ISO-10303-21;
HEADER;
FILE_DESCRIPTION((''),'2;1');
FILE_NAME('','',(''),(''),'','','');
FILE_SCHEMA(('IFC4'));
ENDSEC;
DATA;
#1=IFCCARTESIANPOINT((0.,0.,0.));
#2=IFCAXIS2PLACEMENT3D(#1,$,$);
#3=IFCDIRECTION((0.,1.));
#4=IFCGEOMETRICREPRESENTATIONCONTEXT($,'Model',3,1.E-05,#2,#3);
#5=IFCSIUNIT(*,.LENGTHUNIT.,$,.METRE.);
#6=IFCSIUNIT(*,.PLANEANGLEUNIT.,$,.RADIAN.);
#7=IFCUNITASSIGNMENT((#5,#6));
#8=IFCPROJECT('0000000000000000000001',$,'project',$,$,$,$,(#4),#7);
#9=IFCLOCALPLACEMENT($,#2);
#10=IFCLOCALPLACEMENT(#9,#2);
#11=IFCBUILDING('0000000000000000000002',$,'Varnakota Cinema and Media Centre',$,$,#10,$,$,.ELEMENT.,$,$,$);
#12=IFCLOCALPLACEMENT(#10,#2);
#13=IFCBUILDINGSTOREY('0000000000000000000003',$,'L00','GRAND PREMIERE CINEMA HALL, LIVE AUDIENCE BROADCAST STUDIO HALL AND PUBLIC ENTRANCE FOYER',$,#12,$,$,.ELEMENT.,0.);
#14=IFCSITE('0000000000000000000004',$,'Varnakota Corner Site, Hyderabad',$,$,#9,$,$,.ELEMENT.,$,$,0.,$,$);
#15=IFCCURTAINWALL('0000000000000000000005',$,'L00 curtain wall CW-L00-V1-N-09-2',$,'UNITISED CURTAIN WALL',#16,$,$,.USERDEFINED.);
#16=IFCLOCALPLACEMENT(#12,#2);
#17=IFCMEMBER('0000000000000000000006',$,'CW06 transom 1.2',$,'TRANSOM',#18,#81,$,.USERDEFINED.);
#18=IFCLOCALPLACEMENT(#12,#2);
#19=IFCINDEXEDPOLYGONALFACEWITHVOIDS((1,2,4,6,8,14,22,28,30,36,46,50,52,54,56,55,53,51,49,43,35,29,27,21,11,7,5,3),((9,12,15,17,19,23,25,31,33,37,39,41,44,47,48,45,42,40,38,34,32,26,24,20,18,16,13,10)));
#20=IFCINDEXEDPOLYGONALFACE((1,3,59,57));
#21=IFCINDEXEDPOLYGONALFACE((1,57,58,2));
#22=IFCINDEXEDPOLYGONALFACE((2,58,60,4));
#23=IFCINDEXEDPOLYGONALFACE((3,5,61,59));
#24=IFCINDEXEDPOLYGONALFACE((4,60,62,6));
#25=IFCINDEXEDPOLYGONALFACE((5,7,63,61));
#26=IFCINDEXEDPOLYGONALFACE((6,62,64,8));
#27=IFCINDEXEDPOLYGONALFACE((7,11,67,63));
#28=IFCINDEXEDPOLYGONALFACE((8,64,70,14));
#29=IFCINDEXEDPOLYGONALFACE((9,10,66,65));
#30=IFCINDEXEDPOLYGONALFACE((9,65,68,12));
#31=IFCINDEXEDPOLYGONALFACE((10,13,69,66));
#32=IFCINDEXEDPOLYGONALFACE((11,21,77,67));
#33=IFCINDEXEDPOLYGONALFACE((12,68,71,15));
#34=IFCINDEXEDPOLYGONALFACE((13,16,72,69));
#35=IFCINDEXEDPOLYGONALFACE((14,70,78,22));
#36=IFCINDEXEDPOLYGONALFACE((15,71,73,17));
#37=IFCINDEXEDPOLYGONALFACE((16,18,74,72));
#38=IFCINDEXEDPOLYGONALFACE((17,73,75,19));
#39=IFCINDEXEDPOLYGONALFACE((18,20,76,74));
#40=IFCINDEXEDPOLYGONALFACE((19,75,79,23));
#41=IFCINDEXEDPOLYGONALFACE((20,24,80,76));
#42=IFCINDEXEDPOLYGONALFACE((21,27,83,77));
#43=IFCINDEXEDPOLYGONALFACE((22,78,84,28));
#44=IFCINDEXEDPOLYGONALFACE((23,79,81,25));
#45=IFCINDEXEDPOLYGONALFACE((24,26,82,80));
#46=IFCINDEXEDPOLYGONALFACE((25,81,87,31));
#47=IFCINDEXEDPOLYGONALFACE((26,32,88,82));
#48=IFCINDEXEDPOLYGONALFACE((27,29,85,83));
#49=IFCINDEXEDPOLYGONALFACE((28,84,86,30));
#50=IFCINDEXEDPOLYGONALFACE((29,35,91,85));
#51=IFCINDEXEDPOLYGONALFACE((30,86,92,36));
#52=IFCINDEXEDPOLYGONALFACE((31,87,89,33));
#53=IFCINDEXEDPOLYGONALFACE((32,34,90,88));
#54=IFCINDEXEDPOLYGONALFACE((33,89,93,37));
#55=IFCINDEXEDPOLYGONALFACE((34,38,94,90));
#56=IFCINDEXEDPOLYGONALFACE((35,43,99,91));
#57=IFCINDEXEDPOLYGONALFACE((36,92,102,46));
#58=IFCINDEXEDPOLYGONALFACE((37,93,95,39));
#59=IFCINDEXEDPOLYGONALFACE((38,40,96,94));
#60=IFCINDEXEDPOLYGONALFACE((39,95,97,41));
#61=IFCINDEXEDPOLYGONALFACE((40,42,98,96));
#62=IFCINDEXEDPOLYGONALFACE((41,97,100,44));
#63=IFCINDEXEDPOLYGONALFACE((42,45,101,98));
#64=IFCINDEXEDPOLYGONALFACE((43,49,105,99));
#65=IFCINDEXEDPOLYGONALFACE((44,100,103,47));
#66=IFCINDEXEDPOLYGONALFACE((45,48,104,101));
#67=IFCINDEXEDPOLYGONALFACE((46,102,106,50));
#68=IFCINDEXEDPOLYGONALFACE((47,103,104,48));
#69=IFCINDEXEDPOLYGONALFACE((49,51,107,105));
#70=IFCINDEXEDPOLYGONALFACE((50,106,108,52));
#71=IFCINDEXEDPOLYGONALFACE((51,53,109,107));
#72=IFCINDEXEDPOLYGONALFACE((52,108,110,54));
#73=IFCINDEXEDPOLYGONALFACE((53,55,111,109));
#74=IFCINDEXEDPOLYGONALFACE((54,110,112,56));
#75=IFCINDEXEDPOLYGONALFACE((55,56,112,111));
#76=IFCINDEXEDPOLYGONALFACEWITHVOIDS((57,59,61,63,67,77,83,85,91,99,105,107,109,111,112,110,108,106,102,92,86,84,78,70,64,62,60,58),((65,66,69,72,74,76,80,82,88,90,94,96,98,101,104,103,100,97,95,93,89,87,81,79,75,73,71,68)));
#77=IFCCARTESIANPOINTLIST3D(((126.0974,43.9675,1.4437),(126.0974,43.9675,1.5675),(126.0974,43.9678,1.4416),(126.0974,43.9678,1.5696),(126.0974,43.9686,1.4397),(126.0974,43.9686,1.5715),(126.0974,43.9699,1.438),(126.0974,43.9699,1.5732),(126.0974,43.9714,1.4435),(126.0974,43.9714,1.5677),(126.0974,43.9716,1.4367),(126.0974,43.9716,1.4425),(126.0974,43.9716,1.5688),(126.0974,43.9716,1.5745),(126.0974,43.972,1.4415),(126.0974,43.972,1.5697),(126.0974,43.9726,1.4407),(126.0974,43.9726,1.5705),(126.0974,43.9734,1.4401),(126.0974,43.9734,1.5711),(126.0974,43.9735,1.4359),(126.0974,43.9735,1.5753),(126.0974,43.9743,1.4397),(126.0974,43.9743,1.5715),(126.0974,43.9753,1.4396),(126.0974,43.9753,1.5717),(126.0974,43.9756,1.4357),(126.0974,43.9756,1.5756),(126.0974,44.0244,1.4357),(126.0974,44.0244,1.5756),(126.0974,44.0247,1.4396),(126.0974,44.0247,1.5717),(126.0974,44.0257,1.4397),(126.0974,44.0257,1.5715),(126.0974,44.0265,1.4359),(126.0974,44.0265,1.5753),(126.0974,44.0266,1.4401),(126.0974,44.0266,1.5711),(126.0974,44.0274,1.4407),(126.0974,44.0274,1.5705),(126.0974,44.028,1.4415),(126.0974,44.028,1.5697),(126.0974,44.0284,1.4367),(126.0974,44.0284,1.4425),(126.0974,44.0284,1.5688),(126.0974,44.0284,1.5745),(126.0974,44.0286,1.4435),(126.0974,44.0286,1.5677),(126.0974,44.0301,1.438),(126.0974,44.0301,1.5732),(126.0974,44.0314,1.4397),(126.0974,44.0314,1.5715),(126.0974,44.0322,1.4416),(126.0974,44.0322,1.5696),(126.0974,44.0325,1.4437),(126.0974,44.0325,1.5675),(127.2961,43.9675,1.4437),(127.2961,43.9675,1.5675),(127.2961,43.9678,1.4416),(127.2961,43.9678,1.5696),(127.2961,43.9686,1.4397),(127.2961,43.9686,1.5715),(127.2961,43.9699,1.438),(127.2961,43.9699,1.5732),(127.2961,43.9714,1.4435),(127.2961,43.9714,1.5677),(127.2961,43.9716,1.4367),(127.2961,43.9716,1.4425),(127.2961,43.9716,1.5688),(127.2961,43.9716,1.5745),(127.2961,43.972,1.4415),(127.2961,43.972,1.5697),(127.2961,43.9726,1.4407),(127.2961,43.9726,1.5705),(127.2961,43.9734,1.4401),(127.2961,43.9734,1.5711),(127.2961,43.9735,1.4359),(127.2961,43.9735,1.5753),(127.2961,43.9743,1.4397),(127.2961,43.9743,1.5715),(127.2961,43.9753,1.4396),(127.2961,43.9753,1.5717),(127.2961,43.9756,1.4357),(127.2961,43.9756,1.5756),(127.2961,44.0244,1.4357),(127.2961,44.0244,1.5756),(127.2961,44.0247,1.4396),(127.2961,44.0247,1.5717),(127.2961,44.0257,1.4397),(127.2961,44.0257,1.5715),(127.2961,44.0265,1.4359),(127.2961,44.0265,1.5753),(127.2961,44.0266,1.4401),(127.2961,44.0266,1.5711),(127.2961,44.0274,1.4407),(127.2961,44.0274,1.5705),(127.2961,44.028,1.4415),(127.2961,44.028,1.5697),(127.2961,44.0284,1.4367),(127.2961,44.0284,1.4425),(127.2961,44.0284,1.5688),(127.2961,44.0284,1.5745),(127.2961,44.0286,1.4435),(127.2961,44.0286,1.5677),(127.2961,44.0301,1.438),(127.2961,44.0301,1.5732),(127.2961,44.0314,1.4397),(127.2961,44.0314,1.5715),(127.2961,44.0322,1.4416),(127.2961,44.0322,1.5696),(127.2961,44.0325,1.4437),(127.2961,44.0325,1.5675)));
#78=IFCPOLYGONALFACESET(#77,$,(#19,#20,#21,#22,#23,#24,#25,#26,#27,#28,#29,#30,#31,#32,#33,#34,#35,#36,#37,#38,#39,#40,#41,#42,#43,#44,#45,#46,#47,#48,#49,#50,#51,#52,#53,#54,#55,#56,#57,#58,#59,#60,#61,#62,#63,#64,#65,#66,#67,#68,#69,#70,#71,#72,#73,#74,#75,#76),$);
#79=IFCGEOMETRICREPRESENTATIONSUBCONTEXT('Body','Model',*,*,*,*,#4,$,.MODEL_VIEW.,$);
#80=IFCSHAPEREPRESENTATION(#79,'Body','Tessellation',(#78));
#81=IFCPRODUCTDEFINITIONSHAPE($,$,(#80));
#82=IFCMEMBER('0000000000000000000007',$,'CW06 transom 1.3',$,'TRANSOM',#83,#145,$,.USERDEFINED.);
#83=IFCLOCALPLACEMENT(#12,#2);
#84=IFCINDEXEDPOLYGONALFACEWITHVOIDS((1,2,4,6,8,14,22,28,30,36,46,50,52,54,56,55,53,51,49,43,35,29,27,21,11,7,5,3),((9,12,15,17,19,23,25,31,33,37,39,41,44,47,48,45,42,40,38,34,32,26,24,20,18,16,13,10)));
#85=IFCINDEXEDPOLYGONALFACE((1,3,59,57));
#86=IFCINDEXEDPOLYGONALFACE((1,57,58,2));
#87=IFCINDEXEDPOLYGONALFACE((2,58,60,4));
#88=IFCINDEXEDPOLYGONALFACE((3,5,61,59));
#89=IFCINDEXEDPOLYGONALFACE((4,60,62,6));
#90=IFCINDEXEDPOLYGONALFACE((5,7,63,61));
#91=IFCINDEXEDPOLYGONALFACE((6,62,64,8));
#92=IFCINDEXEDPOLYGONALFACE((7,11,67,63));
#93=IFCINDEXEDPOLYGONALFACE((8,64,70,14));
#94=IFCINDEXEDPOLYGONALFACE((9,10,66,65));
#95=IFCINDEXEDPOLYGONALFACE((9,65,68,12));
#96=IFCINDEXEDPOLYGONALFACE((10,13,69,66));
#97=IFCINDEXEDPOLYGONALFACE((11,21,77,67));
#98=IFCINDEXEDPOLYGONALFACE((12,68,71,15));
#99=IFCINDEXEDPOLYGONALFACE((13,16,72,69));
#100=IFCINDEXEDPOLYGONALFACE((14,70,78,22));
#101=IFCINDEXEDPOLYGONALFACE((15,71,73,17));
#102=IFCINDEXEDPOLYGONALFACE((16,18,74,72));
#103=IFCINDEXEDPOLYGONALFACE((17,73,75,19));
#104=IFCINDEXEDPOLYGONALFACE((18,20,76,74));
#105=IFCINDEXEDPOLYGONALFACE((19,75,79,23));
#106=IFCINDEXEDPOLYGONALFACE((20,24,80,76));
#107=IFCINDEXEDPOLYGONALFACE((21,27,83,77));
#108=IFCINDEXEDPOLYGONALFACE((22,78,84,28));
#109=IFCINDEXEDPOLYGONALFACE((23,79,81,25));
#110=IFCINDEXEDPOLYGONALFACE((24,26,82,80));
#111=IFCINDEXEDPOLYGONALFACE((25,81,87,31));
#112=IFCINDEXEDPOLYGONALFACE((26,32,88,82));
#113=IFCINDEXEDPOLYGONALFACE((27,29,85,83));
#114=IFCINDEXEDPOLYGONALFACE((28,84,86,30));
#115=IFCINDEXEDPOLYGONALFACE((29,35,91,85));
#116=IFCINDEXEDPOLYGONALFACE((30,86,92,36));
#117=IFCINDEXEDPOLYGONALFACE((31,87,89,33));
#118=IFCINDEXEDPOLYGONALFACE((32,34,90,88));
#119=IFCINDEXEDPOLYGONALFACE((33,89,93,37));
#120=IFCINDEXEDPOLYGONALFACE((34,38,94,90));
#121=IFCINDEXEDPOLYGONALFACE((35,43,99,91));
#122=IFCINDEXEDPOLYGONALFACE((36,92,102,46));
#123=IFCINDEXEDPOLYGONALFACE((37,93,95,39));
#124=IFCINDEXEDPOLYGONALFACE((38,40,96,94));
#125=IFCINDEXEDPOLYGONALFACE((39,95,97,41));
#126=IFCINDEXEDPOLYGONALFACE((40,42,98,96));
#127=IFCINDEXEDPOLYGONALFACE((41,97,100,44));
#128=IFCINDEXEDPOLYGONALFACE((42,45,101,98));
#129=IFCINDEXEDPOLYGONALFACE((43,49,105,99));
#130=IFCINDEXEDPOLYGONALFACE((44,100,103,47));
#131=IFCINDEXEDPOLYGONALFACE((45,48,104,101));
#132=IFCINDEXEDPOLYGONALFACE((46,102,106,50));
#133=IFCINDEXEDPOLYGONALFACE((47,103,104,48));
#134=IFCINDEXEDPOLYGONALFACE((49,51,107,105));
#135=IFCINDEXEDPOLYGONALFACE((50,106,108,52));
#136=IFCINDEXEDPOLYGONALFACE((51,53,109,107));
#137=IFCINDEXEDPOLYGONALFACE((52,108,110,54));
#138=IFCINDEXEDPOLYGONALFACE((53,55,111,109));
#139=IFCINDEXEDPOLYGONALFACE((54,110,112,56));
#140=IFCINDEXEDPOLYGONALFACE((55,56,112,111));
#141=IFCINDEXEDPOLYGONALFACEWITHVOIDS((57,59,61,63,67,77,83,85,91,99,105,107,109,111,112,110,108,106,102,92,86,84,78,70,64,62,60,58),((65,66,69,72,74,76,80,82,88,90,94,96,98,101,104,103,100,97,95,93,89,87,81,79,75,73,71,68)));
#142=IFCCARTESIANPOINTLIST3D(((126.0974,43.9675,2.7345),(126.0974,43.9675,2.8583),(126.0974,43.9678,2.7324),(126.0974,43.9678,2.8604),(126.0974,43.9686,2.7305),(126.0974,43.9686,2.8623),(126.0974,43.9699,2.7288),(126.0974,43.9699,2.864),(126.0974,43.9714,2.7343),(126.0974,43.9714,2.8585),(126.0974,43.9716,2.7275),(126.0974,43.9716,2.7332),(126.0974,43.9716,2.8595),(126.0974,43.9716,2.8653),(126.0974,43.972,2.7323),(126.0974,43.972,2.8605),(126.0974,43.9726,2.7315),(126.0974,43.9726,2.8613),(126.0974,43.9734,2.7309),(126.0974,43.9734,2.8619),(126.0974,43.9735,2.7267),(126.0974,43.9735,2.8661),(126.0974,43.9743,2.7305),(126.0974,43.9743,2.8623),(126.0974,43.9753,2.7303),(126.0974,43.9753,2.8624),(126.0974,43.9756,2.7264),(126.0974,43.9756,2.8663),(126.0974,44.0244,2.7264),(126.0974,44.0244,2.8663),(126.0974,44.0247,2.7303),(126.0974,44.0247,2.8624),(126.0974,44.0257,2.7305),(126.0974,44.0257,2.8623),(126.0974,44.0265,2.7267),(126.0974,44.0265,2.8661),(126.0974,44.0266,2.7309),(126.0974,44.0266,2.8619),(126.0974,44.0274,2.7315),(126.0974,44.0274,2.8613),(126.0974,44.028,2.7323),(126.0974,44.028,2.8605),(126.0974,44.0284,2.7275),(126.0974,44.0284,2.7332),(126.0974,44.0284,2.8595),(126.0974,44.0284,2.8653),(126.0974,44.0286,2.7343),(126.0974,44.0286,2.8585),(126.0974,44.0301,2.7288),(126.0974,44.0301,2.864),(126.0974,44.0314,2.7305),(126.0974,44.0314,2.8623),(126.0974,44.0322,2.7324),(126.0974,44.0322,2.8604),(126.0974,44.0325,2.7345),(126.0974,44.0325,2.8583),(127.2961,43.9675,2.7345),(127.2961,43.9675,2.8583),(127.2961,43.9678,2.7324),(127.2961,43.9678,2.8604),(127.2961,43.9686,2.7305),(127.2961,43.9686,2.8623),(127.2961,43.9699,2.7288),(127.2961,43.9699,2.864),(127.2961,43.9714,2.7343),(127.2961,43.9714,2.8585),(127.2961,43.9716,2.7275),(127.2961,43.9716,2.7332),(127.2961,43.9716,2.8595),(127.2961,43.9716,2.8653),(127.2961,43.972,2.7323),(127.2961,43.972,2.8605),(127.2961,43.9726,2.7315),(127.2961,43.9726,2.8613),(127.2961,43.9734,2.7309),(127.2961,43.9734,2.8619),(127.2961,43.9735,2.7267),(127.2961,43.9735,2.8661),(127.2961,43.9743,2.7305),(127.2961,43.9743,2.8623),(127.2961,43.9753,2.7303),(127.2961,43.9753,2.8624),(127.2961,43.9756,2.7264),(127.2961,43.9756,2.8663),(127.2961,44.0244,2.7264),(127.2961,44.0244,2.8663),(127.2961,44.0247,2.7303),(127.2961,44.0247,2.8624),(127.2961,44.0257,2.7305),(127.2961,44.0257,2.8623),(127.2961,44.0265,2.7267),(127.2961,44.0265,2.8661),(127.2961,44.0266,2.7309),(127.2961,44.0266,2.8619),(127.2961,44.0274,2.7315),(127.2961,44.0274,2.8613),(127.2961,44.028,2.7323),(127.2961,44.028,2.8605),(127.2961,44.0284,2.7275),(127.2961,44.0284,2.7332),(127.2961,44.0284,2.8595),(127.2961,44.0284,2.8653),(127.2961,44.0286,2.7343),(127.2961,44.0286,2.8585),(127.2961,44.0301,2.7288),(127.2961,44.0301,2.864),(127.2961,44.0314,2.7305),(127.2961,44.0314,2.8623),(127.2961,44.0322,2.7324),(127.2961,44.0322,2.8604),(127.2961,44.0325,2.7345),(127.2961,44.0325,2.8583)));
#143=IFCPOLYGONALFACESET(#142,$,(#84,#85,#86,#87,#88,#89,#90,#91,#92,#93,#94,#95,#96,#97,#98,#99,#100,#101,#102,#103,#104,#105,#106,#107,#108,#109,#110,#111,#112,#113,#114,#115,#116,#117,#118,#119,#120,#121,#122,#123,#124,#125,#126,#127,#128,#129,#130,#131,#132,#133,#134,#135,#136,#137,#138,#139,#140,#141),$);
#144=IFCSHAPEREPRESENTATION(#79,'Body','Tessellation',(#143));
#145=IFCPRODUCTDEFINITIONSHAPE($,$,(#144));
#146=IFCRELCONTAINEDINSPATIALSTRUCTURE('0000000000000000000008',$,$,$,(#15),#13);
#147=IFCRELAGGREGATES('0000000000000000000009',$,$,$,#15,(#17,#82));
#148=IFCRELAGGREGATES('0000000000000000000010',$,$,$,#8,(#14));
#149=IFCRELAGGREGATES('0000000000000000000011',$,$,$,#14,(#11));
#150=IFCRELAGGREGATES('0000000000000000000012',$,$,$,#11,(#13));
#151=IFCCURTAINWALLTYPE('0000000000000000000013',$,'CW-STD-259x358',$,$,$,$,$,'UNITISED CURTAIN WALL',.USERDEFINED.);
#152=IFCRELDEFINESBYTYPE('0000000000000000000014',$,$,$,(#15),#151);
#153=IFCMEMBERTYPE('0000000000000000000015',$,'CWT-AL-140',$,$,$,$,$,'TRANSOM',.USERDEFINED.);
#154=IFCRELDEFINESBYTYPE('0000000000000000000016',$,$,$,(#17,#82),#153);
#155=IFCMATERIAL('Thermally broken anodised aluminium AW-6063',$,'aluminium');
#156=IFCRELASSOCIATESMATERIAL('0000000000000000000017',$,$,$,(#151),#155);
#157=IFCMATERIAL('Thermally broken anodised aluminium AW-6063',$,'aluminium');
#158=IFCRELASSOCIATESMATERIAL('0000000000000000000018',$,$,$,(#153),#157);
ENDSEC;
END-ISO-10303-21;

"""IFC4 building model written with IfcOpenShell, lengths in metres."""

from ifc_helpers import new_model, si_unit, direction, frame, origin, origin_2d, place, context, subcontext, project, spatial, hollow_rectangle, extrude, material, material_profile, profile_set, type_object, element, aggregate, save


model = new_model("IFC4")

# Units and contexts
model_context = context("Model", 3, precision=1e-05, world=origin(), true_north=direction((0.0, 1.0)))
body_context = subcontext(model_context, "Body", "Model", "MODEL_VIEW")
ifc_project = project(units=[si_unit("LENGTHUNIT", "METRE"), si_unit("PLANEANGLEUNIT", "RADIAN")], contexts=[model_context])

# Site, building, storey
site_placement = place(None, origin())
site = spatial("IfcSite", under=ifc_project, at=site_placement, Name="Varnakota Corner Site, Hyderabad", CompositionType="ELEMENT", RefElevation=0.0)
building_placement = place(site_placement, origin())
building = spatial("IfcBuilding", under=site, at=building_placement, Name="Varnakota Cinema and Media Centre", CompositionType="ELEMENT")
storey_placement = place(building_placement, origin())
storey = spatial("IfcBuildingStorey", under=building, at=storey_placement, Name="L00", Description="GRAND PREMIERE CINEMA HALL, LIVE AUDIENCE BROADCAST STUDIO HALL AND PUBLIC ENTRANCE FOYER", CompositionType="ELEMENT", Elevation=0.0)

# Shared definitions
ifc_material_1 = material(Name="Thermally broken anodised aluminium AW-6063", Category="aluminium")
curtain_wall_type = type_object("IfcCurtainWallType", Name="CW-STD-259x358", ElementType="UNITISED CURTAIN WALL", PredefinedType="USERDEFINED", material=ifc_material_1)

# Curtain wall
curtain_wall_1_placement = place(storey_placement, origin())
curtain_wall_1 = element("IfcCurtainWall", 1, at=curtain_wall_1_placement, inside=storey, type_object=curtain_wall_type, Name="L00 curtain wall CW-L00-V1-N-09-2", ObjectType="UNITISED CURTAIN WALL", PredefinedType="USERDEFINED")

# Members
ifc_material_2 = material(Name="Thermally broken anodised aluminium AW-6063", Category="aluminium")
ifc_material_profile_1 = material_profile(ifc_material_2, hollow_rectangle(XDim=0.0649, YDim=0.1399, WallThickness=0.0039, InnerFilletRadius=0.0039, OuterFilletRadius=0.0081, at=origin_2d()), Name="AL-TRANSOM 140x65x4")
ifc_profile_set_1 = profile_set([ifc_material_profile_1], Name="Thermally broken anodised aluminium AW-6063")
member_type_1 = type_object("IfcMemberType", Name="CWT-AL-140", ElementType="TRANSOM", PredefinedType="USERDEFINED", material=ifc_profile_set_1)
member_1_placement = place(storey_placement, frame((126.0974, 44.0, 1.5056), z_axis=(1.0, 0.0, 0.0), x_axis=(0.0, 1.0, 0.0)))
member_1 = element("IfcMember", 2, at=member_1_placement, type_object=member_type_1, Name="CW06 transom 1.2", ObjectType="TRANSOM", PredefinedType="USERDEFINED", context=body_context, shape_type="SweptSolid", body=[
    extrude(hollow_rectangle(XDim=0.0649, YDim=0.1399, WallThickness=0.0039, InnerFilletRadius=0.0039, OuterFilletRadius=0.0081, at=origin_2d()), origin(), (0.0, 0.0, 1.0), 1.1987),
])
member_2_placement = place(storey_placement, frame((126.0974, 44.0, 2.7964), z_axis=(1.0, 0.0, 0.0), x_axis=(0.0, 1.0, 0.0)))
member_2 = element("IfcMember", 3, at=member_2_placement, type_object=member_type_1, Name="CW06 transom 1.3", ObjectType="TRANSOM", PredefinedType="USERDEFINED", context=body_context, shape_type="SweptSolid", body=[
    extrude(hollow_rectangle(XDim=0.0649, YDim=0.1399, WallThickness=0.0039, InnerFilletRadius=0.0039, OuterFilletRadius=0.0081, at=origin_2d()), origin(), (0.0, 0.0, 1.0), 1.1987),
])

aggregate(curtain_wall_1, [member_1, member_2])

save(model, "model.ifc")
